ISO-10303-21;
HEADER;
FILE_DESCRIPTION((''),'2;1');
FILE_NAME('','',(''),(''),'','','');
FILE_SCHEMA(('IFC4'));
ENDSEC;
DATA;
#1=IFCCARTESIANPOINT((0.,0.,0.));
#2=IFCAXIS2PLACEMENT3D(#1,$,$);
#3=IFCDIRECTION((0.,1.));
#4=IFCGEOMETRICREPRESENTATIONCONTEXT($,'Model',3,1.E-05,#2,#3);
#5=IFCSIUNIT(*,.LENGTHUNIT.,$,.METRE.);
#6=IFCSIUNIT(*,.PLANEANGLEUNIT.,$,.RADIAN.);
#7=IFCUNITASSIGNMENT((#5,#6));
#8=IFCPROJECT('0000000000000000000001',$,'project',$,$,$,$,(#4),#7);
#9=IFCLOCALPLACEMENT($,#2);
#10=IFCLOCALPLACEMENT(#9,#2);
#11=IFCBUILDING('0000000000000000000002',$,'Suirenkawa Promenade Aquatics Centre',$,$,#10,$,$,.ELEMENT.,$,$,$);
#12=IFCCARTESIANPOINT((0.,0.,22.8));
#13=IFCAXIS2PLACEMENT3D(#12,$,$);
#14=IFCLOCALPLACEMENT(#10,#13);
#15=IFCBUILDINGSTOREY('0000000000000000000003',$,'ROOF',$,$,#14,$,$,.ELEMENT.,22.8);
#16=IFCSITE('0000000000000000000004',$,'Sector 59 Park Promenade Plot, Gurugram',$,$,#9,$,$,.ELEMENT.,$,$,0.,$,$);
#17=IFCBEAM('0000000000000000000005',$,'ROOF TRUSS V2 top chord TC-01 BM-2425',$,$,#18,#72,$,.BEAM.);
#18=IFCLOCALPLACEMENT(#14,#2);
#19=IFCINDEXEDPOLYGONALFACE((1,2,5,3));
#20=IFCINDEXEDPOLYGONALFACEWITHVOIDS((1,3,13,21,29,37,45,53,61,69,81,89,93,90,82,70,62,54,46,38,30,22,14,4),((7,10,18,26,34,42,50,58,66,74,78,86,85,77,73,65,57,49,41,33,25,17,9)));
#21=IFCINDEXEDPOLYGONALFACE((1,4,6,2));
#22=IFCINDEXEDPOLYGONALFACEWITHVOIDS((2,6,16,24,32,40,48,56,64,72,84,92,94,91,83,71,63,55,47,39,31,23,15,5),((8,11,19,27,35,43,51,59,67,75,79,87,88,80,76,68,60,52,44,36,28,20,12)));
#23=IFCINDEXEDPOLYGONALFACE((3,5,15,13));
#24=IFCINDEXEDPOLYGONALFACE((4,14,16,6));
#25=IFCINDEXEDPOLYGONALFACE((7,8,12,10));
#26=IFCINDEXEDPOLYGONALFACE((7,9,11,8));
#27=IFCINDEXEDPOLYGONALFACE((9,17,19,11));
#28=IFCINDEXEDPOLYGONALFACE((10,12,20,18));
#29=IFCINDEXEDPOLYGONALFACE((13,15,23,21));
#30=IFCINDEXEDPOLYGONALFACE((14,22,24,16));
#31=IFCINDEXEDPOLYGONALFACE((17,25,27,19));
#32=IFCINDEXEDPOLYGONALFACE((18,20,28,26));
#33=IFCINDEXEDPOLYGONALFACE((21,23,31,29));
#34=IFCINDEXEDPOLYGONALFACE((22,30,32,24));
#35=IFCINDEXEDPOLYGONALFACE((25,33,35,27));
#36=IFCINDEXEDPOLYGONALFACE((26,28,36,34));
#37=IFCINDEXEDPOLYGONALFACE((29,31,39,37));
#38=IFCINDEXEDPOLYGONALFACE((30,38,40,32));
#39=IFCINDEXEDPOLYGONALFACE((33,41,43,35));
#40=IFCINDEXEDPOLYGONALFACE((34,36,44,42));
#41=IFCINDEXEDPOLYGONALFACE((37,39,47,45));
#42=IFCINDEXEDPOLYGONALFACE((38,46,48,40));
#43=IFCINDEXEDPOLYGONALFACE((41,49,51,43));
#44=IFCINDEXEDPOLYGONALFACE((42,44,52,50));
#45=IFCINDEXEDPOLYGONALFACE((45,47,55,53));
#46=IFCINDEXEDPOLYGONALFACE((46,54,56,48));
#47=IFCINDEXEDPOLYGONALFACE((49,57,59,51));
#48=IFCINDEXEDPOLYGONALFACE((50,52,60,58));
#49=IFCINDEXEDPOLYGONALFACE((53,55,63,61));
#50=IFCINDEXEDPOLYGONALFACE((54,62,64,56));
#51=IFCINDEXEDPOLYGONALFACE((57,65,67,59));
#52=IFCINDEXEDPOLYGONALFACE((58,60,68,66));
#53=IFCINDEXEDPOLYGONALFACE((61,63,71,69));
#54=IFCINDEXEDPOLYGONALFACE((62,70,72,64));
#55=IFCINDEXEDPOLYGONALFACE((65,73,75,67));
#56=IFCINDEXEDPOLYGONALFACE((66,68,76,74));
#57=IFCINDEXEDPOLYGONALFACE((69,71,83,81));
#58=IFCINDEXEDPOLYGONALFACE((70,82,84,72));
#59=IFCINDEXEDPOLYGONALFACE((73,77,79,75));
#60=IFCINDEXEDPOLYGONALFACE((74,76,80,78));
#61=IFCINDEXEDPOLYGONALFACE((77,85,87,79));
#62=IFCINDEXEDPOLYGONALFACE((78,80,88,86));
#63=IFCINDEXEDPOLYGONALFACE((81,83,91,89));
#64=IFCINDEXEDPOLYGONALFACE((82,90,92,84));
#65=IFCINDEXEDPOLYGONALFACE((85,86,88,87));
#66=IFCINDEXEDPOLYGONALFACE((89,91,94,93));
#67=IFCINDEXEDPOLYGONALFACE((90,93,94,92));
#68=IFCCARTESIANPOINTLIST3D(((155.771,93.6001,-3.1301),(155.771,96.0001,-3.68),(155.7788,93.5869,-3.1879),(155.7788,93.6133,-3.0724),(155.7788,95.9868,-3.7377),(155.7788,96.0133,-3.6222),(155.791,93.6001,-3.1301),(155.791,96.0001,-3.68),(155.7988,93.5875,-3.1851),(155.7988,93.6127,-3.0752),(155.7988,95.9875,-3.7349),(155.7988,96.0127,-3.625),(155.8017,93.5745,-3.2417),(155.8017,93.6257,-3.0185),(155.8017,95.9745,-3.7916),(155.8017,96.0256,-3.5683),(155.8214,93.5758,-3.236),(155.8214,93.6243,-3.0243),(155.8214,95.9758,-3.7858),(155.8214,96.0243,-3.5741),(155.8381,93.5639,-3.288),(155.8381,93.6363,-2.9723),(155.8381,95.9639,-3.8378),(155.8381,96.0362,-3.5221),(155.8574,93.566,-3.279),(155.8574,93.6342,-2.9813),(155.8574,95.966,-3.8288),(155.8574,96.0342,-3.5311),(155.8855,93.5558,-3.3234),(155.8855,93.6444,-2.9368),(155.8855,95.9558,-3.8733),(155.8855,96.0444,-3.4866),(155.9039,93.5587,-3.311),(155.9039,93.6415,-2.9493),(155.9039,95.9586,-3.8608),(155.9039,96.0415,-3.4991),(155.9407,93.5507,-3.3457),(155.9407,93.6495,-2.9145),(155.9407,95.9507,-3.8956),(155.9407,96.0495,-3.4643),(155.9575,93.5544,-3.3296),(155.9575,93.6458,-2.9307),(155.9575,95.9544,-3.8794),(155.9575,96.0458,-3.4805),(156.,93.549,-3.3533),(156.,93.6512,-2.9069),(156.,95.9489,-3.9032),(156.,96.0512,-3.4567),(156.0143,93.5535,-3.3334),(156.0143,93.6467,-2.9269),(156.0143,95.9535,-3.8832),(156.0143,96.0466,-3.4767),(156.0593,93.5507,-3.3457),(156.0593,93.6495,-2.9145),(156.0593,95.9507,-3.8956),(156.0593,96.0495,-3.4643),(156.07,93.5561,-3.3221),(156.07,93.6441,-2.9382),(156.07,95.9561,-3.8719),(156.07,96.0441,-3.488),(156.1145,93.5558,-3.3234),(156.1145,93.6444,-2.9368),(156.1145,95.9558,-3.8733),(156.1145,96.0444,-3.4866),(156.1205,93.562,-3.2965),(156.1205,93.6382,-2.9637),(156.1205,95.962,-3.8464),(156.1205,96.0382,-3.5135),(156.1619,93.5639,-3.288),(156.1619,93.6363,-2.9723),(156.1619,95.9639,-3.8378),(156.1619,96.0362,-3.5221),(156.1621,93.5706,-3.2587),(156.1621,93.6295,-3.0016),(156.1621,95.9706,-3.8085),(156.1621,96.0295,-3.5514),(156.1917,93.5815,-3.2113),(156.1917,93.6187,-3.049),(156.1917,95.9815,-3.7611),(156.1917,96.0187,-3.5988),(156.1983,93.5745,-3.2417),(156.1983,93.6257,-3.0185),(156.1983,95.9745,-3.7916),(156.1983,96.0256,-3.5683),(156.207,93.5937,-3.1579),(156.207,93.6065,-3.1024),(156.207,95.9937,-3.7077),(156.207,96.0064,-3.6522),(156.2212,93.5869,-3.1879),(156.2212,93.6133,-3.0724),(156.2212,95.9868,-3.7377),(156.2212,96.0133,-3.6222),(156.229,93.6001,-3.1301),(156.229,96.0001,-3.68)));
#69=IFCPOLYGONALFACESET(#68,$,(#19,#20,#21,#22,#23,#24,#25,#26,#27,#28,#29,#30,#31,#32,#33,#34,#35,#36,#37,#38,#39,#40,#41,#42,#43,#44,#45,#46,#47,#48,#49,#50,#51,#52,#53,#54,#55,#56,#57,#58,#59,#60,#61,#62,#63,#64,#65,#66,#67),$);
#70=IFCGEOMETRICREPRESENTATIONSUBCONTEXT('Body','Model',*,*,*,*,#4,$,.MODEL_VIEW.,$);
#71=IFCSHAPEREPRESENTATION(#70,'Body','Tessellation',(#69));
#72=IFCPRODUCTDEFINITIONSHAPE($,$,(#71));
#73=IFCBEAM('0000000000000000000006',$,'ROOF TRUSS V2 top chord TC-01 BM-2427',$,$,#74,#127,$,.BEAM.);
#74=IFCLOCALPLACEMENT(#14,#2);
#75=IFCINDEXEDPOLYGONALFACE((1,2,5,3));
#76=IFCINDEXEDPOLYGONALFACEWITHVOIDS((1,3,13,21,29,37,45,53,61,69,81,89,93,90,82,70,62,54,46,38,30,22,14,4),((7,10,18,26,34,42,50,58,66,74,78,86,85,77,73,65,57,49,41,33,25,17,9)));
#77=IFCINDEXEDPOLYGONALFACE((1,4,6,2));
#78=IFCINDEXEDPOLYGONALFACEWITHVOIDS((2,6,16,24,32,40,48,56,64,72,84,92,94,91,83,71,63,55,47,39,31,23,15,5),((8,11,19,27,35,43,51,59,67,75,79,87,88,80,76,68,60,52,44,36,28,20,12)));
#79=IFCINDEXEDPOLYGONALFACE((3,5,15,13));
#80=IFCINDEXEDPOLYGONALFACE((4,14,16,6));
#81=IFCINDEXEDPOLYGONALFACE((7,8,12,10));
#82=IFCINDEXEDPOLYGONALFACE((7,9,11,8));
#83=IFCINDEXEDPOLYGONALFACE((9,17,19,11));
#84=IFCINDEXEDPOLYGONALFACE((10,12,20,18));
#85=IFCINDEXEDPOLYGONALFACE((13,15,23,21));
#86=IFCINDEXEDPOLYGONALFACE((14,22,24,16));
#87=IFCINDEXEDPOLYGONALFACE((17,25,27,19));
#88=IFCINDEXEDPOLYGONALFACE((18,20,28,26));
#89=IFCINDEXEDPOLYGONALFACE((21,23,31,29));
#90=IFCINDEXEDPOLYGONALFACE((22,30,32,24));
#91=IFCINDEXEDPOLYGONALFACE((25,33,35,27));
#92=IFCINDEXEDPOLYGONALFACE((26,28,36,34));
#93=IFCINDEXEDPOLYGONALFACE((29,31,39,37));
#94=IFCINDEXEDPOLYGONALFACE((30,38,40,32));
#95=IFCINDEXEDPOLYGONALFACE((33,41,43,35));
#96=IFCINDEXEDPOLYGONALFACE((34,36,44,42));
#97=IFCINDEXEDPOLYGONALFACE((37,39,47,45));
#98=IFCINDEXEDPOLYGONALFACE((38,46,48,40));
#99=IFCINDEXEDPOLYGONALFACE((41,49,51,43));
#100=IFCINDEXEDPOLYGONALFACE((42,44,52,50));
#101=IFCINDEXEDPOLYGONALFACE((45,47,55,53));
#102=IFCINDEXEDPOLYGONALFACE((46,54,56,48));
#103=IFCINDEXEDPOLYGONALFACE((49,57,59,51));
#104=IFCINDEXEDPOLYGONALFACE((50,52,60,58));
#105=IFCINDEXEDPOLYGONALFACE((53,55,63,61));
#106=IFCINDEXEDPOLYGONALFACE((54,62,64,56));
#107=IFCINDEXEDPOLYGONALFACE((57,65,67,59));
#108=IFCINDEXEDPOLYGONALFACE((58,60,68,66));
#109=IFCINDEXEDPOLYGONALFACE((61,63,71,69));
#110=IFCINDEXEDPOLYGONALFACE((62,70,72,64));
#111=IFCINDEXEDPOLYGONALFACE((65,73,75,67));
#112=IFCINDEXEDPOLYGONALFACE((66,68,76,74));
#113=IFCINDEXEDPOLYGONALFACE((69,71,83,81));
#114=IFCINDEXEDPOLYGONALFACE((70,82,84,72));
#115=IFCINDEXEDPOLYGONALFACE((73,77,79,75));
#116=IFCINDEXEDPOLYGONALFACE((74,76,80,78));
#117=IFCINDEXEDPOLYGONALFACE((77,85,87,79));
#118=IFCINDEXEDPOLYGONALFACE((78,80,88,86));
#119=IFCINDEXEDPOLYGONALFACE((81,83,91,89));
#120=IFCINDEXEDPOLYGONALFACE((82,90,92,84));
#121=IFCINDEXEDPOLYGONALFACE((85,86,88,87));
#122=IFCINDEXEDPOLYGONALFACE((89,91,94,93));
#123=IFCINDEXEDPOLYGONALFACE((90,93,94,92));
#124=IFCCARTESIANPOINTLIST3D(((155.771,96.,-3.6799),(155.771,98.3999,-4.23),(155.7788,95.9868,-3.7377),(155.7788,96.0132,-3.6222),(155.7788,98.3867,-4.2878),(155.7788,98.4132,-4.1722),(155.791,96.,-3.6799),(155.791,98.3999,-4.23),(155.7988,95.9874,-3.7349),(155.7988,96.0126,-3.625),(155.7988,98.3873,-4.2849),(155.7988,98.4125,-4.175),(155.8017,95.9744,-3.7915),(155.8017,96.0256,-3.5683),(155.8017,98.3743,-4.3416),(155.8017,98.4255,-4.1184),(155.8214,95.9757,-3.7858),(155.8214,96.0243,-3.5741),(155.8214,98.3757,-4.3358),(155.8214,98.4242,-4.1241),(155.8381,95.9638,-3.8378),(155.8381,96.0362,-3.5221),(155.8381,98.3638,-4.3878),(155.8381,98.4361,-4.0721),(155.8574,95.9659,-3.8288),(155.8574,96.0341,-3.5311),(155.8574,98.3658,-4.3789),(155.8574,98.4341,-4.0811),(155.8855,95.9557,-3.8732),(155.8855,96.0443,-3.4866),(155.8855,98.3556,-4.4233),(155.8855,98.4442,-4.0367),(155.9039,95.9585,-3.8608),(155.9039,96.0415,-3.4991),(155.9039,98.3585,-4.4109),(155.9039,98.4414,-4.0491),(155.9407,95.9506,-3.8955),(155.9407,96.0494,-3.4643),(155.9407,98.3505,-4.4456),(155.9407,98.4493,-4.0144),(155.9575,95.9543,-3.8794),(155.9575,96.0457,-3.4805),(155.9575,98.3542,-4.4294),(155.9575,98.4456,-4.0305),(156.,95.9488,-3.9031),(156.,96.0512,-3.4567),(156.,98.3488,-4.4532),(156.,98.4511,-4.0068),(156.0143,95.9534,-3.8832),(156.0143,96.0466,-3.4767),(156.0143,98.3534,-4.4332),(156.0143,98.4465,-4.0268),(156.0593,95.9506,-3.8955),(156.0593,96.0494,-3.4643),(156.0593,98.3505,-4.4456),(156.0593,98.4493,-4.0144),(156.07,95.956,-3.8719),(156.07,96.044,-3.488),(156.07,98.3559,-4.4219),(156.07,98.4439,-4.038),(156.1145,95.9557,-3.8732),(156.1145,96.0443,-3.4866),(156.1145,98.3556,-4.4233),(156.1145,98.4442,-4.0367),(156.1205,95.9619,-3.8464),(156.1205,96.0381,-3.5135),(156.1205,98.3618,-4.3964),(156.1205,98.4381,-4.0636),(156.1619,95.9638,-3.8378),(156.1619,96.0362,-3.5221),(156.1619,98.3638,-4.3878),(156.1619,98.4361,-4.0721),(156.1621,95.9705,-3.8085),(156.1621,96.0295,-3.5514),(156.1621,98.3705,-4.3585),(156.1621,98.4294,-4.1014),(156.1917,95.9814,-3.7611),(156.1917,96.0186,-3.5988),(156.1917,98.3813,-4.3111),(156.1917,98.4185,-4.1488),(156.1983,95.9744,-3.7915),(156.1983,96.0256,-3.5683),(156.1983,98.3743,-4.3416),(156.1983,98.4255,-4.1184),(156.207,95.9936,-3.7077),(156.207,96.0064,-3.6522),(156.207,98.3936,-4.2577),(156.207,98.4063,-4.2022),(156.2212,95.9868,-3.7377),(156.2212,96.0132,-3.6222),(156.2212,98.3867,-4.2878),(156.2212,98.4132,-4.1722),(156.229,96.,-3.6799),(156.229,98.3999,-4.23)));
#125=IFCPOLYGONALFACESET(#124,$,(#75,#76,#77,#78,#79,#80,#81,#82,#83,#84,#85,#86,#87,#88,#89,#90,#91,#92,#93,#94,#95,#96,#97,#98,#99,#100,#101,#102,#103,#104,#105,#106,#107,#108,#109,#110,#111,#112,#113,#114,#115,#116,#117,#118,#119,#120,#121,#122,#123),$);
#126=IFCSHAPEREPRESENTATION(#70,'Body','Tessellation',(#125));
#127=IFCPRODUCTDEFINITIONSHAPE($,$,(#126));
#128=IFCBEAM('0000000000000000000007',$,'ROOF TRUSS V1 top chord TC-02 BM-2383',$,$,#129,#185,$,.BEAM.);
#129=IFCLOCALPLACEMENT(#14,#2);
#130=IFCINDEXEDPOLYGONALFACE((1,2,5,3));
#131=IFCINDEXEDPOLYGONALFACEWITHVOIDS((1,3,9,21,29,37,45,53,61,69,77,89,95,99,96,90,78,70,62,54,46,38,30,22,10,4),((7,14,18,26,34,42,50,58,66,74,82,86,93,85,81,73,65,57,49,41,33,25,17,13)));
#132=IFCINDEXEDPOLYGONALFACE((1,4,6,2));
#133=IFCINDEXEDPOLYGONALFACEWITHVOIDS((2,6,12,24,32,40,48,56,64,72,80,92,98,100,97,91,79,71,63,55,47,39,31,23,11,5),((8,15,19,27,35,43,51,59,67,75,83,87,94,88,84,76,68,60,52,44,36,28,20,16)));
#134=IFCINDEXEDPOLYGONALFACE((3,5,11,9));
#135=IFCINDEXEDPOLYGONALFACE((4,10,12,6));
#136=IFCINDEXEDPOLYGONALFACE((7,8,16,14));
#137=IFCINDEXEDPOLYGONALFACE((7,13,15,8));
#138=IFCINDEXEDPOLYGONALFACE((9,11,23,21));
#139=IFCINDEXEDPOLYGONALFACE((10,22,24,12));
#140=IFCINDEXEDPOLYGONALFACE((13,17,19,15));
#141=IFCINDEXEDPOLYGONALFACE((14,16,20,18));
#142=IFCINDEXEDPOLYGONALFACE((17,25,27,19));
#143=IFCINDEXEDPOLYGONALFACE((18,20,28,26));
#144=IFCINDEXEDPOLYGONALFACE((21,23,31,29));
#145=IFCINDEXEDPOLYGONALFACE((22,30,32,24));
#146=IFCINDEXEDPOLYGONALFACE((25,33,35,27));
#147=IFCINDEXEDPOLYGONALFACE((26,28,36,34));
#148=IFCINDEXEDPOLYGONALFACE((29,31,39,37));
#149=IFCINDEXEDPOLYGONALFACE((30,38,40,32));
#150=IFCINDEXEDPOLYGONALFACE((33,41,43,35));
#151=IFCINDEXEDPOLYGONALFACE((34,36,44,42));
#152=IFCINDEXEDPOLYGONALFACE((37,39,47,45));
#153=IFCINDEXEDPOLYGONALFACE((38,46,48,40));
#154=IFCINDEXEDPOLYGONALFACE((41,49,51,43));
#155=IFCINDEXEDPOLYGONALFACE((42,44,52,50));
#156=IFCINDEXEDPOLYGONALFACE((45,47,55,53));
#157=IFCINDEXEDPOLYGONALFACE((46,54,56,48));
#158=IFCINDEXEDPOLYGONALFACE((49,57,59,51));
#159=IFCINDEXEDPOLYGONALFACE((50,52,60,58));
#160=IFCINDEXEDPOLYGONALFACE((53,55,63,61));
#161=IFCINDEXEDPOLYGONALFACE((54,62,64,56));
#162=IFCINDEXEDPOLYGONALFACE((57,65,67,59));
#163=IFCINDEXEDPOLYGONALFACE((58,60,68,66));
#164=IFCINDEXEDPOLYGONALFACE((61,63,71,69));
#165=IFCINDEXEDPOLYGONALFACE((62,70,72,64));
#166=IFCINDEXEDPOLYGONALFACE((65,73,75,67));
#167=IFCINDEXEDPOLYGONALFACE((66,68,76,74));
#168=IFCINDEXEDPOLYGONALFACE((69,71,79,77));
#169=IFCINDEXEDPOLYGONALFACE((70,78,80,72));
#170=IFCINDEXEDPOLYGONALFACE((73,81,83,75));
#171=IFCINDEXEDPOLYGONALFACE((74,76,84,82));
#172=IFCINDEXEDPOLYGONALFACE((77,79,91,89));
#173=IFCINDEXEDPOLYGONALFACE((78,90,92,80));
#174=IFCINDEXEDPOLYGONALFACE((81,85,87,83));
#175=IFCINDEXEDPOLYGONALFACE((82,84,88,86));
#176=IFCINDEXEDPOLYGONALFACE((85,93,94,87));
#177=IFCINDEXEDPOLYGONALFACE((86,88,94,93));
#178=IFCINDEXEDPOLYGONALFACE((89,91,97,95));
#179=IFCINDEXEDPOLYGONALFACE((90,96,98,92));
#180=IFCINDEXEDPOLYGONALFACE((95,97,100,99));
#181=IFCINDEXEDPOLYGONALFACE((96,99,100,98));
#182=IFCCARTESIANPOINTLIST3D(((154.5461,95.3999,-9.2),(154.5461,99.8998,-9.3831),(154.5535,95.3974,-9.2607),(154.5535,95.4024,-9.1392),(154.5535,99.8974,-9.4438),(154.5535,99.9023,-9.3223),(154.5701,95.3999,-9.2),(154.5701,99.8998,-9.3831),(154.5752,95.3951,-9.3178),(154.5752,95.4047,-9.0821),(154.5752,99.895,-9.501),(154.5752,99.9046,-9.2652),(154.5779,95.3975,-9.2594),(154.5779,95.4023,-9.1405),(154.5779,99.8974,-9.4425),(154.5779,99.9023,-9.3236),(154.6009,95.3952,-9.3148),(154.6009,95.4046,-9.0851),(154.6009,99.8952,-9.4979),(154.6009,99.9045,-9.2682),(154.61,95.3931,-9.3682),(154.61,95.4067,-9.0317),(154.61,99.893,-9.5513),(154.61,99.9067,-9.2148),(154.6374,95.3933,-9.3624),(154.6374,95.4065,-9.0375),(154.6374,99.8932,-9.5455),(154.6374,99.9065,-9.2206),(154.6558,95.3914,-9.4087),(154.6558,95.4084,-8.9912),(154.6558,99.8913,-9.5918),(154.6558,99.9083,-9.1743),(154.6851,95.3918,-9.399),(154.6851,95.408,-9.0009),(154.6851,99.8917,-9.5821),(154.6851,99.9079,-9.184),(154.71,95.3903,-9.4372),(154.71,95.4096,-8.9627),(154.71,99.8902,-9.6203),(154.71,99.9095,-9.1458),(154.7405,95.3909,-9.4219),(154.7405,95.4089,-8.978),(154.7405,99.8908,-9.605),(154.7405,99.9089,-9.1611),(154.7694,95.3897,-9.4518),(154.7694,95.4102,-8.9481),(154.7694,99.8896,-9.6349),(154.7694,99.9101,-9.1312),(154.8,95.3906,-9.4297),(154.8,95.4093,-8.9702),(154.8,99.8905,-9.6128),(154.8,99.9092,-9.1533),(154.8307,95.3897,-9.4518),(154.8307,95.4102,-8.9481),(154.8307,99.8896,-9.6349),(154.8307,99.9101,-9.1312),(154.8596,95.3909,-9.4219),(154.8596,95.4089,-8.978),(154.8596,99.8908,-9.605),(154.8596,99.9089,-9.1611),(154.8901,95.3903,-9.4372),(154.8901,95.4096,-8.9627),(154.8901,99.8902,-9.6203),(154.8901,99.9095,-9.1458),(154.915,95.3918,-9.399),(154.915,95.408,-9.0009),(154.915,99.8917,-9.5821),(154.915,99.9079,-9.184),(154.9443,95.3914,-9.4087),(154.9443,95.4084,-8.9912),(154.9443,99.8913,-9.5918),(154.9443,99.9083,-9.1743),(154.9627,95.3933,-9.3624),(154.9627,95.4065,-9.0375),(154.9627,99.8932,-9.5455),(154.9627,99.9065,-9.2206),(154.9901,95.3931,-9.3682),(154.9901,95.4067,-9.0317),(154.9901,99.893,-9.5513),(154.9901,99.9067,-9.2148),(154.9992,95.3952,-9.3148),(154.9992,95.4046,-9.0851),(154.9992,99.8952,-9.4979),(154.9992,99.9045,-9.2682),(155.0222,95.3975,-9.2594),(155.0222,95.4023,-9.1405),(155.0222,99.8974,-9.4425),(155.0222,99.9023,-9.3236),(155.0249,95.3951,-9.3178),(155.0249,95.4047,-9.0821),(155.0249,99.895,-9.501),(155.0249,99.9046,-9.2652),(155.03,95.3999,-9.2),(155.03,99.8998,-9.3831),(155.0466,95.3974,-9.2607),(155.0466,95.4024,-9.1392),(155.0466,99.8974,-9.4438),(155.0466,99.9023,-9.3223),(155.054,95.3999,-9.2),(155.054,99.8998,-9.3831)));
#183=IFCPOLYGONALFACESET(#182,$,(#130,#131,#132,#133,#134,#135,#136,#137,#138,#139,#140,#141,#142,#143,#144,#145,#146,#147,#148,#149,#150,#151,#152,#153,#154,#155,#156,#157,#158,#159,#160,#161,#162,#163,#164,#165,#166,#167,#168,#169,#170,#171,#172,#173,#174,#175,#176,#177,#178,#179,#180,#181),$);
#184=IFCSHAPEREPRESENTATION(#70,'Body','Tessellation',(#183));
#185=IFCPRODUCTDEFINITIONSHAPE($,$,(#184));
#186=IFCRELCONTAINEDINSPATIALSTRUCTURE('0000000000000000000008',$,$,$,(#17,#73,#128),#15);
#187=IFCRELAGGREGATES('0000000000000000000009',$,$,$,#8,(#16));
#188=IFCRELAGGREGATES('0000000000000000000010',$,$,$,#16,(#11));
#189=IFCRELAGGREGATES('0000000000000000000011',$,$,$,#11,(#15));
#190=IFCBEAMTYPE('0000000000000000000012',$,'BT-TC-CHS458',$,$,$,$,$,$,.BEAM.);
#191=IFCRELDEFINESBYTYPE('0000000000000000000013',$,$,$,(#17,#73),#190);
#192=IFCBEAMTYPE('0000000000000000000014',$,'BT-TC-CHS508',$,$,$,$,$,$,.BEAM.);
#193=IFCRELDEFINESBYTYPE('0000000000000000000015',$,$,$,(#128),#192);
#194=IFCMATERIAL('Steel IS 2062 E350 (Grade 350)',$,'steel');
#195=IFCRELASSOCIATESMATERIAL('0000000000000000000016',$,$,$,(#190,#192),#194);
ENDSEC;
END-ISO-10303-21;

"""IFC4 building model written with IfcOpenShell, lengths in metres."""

from ifc_helpers import new_model, si_unit, direction, frame, origin, origin_2d, place, context, subcontext, project, spatial, hollow_circle, extrude, material, material_profile, profile_set, type_object, element, save


model = new_model("IFC4")

# Units and contexts
model_context = context("Model", 3, precision=1e-05, world=origin(), true_north=direction((0.0, 1.0)))
body_context = subcontext(model_context, "Body", "Model", "MODEL_VIEW")
ifc_project = project(units=[si_unit("LENGTHUNIT", "METRE"), si_unit("PLANEANGLEUNIT", "RADIAN")], contexts=[model_context])

# Site, building, storey
site_placement = place(None, origin())
site = spatial("IfcSite", under=ifc_project, at=site_placement, Name="Sector 59 Park Promenade Plot, Gurugram", CompositionType="ELEMENT", RefElevation=0.0)
building_placement = place(site_placement, origin())
building = spatial("IfcBuilding", under=site, at=building_placement, Name="Suirenkawa Promenade Aquatics Centre", CompositionType="ELEMENT")
storey_placement = place(building_placement, frame((0.0, 0.0, 22.8)))
storey = spatial("IfcBuildingStorey", under=building, at=storey_placement, Name="ROOF", CompositionType="ELEMENT", Elevation=22.8)

# Beams
ifc_material = material(Name="Steel IS 2062 E350 (Grade 350)", Category="steel")
ifc_material_profile_1 = material_profile(ifc_material, hollow_circle(Radius=0.229, WallThickness=0.02, at=origin_2d()), Name="CHS 458x20", Category="steel")
ifc_profile_set_1 = profile_set([ifc_material_profile_1], Name="Steel IS 2062 E350 (Grade 350)")
beam_type_1 = type_object("IfcBeamType", Name="BT-TC-CHS458", PredefinedType="BEAM", material=ifc_profile_set_1)
for number, where, z_axis, x_axis, name in (
    (1, (156.0, 93.6001, -3.1301), (0.0, 0.974748, -0.223309), (-1.0, 0.0, 0.0), "ROOF TRUSS V2 top chord TC-01 BM-2425"),
    (2, (156.0, 96.0, -3.6799), (0.0, 0.974726, -0.223404), (-1.0, 0.0, 0.0), "ROOF TRUSS V2 top chord TC-01 BM-2427"),
):
    element("IfcBeam", number, at=place(storey_placement, frame(where, z_axis=z_axis, x_axis=x_axis)), inside=storey, type_object=beam_type_1, Name=name, PredefinedType="BEAM", context=body_context, shape_type="SweptSolid", body=[
        extrude(hollow_circle(Radius=0.229, WallThickness=0.02, at=origin_2d()), origin(), (0.0, 0.0, 1.0), 2.4622),
    ])
ifc_material_profile_2 = material_profile(ifc_material, hollow_circle(Radius=0.2539, WallThickness=0.0239, at=origin_2d()), Name="CHS 508x24", Category="steel")
ifc_profile_set_2 = profile_set([ifc_material_profile_2], Name="Steel IS 2062 E350 (Grade 350)")
beam_type_2 = type_object("IfcBeamType", Name="BT-TC-CHS508", PredefinedType="BEAM", material=ifc_profile_set_2)
beam_1_placement = place(storey_placement, frame((154.8, 95.3999, -9.2), z_axis=(0.0, 0.999173, -0.040656), x_axis=(-1.0, 0.0, 0.0)))
element("IfcBeam", 3, at=beam_1_placement, inside=storey, type_object=beam_type_2, Name="ROOF TRUSS V1 top chord TC-02 BM-2383", PredefinedType="BEAM", context=body_context, shape_type="SweptSolid", body=[
    extrude(hollow_circle(Radius=0.2539, WallThickness=0.0239, at=origin_2d()), origin(), (0.0, 0.0, 1.0), 4.5037),
])

save(model, "model.ifc")
